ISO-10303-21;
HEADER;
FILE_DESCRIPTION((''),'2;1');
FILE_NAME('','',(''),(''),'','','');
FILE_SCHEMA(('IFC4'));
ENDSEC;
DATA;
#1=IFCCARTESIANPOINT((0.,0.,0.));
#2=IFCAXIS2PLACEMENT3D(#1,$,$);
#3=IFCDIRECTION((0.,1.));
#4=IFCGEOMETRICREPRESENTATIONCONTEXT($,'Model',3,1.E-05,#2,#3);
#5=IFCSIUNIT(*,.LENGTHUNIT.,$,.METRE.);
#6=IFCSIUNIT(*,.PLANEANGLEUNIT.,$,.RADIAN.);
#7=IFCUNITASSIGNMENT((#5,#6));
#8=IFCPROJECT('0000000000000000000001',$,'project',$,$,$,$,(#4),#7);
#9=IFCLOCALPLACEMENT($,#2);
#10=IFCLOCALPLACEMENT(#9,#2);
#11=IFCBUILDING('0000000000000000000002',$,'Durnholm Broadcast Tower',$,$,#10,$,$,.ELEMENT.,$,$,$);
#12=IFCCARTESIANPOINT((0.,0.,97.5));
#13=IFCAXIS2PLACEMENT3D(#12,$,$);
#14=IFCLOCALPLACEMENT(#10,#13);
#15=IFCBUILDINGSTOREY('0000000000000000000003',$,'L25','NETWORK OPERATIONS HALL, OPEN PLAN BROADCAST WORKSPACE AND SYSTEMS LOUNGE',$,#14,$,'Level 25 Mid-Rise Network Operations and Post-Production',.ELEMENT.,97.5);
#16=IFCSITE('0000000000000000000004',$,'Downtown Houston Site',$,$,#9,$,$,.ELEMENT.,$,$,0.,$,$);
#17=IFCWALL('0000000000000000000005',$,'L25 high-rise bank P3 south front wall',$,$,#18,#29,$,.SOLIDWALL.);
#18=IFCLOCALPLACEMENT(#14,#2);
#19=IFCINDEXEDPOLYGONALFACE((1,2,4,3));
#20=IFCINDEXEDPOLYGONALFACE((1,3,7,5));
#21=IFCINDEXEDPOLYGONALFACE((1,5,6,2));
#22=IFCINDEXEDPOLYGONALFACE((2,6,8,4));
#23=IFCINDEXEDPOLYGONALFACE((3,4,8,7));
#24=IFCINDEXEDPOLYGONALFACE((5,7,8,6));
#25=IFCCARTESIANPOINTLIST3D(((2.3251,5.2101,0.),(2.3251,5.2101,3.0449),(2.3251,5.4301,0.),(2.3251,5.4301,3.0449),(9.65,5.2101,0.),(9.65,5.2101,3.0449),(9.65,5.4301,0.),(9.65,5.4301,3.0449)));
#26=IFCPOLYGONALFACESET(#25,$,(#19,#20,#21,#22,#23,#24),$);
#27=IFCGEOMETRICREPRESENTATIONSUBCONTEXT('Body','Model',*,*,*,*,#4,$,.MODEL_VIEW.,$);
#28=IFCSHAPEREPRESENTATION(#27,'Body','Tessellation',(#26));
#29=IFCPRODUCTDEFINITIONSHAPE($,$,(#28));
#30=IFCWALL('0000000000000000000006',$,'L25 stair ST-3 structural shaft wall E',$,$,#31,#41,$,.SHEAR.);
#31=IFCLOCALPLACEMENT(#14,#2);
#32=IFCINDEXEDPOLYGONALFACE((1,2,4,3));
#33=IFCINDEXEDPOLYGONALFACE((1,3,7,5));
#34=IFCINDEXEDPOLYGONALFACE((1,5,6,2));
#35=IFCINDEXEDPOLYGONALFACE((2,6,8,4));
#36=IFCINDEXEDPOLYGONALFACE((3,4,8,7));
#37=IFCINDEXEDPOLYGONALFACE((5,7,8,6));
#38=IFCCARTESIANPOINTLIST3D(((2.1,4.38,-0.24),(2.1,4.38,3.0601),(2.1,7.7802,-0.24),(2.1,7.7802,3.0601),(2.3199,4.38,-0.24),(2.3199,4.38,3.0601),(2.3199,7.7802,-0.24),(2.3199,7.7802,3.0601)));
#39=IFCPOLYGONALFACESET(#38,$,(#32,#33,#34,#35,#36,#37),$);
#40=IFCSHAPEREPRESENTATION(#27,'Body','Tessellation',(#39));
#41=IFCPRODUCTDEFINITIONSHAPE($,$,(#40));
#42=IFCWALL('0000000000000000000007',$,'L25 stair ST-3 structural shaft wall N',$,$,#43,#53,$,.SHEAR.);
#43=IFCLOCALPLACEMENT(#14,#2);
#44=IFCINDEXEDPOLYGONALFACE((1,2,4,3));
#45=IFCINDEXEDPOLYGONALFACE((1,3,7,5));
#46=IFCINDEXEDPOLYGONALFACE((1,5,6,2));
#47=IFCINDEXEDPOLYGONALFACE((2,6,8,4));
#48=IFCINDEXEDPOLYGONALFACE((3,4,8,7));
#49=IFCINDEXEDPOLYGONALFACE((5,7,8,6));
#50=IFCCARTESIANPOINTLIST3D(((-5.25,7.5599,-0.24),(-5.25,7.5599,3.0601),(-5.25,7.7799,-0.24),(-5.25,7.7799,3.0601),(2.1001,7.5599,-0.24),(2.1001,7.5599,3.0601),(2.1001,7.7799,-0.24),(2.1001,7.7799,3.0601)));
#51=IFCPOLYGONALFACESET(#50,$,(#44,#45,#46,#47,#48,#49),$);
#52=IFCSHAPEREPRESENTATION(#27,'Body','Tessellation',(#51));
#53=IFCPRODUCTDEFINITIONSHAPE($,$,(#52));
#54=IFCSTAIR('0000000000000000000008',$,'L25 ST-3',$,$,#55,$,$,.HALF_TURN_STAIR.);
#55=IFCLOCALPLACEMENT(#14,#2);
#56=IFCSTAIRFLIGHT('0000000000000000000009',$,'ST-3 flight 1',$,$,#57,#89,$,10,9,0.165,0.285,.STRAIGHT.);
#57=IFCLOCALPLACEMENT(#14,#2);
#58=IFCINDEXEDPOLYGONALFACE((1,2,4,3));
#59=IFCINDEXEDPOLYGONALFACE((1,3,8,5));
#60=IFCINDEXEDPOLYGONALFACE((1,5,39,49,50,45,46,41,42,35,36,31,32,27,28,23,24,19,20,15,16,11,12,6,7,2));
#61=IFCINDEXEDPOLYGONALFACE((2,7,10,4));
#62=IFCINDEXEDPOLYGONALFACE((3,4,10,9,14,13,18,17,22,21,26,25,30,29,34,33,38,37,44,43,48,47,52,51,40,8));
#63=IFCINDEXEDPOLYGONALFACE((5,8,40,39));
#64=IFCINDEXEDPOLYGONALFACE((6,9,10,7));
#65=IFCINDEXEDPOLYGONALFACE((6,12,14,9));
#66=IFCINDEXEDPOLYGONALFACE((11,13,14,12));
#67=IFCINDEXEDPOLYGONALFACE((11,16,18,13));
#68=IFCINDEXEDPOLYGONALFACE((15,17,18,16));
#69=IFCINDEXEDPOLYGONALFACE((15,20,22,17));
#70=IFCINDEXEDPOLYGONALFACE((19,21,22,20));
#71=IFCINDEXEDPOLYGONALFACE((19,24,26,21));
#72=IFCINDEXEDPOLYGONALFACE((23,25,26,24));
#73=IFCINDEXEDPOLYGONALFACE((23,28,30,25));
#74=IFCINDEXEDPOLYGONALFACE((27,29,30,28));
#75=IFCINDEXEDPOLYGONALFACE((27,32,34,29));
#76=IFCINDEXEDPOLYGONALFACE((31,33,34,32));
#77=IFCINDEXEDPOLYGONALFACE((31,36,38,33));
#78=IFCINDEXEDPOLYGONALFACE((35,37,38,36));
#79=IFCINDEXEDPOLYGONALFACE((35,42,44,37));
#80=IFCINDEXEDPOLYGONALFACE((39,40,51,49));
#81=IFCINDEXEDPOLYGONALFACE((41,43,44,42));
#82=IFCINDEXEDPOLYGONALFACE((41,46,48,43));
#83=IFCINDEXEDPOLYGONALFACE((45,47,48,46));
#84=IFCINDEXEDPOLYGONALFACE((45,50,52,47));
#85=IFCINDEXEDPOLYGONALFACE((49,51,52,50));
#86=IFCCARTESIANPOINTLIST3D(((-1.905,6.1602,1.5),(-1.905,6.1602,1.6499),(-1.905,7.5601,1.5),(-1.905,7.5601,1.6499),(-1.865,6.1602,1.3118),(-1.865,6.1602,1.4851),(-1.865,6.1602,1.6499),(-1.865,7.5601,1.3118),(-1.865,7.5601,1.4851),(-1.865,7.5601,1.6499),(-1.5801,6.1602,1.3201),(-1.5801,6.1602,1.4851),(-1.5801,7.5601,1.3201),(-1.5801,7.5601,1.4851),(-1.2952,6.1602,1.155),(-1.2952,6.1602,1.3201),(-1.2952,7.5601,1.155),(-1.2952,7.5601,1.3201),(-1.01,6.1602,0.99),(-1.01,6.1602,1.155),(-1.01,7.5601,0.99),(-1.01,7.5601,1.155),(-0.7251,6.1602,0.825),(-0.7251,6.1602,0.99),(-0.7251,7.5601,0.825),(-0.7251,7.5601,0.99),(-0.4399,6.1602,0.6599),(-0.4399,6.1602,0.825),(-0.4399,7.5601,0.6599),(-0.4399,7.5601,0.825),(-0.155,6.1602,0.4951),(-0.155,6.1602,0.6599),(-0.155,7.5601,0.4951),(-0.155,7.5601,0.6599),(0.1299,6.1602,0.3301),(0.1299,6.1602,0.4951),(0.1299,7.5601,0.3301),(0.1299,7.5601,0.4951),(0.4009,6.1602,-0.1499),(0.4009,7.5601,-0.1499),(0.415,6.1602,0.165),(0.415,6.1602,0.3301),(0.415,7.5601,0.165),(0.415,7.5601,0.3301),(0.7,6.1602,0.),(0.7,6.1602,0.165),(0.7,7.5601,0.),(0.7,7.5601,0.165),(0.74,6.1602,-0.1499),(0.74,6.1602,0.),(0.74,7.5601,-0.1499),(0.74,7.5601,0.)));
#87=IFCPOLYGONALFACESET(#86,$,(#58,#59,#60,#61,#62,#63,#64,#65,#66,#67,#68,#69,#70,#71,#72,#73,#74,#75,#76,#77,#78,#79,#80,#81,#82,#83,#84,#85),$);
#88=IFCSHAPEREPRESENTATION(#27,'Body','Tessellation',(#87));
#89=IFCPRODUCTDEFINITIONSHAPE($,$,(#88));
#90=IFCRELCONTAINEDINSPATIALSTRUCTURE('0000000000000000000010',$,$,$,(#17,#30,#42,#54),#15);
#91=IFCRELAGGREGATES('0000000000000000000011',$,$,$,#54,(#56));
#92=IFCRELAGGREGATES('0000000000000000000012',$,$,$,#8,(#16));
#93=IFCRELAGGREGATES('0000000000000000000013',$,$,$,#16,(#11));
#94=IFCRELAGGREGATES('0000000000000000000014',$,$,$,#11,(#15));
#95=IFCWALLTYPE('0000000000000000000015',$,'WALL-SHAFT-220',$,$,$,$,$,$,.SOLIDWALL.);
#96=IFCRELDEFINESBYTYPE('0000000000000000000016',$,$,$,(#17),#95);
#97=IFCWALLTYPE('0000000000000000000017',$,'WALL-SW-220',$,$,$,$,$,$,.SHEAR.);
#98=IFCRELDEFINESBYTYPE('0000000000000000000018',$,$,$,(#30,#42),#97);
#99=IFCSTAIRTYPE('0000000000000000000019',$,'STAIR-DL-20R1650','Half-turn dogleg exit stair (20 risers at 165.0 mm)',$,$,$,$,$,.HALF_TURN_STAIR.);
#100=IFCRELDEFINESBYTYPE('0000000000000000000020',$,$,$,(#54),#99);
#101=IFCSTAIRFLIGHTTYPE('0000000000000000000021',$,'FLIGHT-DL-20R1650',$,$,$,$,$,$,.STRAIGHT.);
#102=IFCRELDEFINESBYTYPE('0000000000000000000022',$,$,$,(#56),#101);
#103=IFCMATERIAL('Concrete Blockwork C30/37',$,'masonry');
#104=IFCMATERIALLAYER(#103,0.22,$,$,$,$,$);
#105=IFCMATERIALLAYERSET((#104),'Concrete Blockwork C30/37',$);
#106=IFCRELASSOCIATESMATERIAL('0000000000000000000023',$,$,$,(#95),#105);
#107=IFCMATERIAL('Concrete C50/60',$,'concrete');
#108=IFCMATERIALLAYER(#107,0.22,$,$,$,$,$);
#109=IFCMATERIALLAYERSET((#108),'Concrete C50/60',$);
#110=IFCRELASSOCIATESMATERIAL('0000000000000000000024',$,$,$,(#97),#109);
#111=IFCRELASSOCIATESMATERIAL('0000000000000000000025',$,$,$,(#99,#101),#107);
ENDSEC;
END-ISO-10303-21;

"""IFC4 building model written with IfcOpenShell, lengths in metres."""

from ifc_helpers import new_model, si_unit, direction, frame, frame_2d, origin, place, context, subcontext, project, spatial, polyline, rectangle, outline, extrude, material, layer, layer_set, type_object, element, aggregate, save


model = new_model("IFC4")

# Units and contexts
model_context = context("Model", 3, precision=1e-05, world=origin(), true_north=direction((0.0, 1.0)))
body_context = subcontext(model_context, "Body", "Model", "MODEL_VIEW")
ifc_project = project(units=[si_unit("LENGTHUNIT", "METRE"), si_unit("PLANEANGLEUNIT", "RADIAN")], contexts=[model_context])

# Site, building, storey
site_placement = place(None, origin())
site = spatial("IfcSite", under=ifc_project, at=site_placement, Name="Downtown Houston Site", CompositionType="ELEMENT", RefElevation=0.0)
building_placement = place(site_placement, origin())
building = spatial("IfcBuilding", under=site, at=building_placement, Name="Durnholm Broadcast Tower", CompositionType="ELEMENT")
storey_placement = place(building_placement, frame((0.0, 0.0, 97.5)))
storey = spatial("IfcBuildingStorey", under=building, at=storey_placement, Name="L25", Description="NETWORK OPERATIONS HALL, OPEN PLAN BROADCAST WORKSPACE AND SYSTEMS LOUNGE", LongName="Level 25 Mid-Rise Network Operations and Post-Production", CompositionType="ELEMENT", Elevation=97.5)

# Shared definitions
ifc_material_1 = material(Name="Concrete Blockwork C30/37", Category="masonry")
ifc_layer_1 = layer(ifc_material_1, 0.22)
ifc_layer_set_1 = layer_set([ifc_layer_1], Name="Concrete Blockwork C30/37")
wall_type_1 = type_object("IfcWallType", Name="WALL-SHAFT-220", PredefinedType="SOLIDWALL", material=ifc_layer_set_1)

# Walls
wall_1_placement = place(storey_placement, frame((2.325, 5.3201, 0.0), z_axis=(0.0, 0.0, 1.0), x_axis=(1.0, 0.0, 0.0)))
element("IfcWall", 1, at=wall_1_placement, inside=storey, type_object=wall_type_1, Name="L25 high-rise bank P3 south front wall", PredefinedType="SOLIDWALL", context=body_context, shape_type="SweptSolid", body=[
    extrude(rectangle(XDim=7.325, YDim=0.22, at=frame_2d((3.6626, 0.0))), origin(), (0.0, 0.0, 1.0), 3.0449),
])
ifc_material_2 = material(Name="Concrete C50/60", Category="concrete")
ifc_layer_2 = layer(ifc_material_2, 0.22)
ifc_layer_set_2 = layer_set([ifc_layer_2], Name="Concrete C50/60")
wall_type_2 = type_object("IfcWallType", Name="WALL-SW-220", PredefinedType="SHEAR", material=ifc_layer_set_2)
wall_2_placement = place(storey_placement, frame((2.21, 4.3799, -0.24), z_axis=(0.0, 0.0, 1.0), x_axis=(0.0, 1.0, 0.0)))
element("IfcWall", 2, at=wall_2_placement, inside=storey, type_object=wall_type_2, Name="L25 stair ST-3 structural shaft wall E", PredefinedType="SHEAR", context=body_context, shape_type="SweptSolid", body=[
    extrude(rectangle(XDim=3.4001, YDim=0.22, at=frame_2d((1.7002, 0.0))), origin(), (0.0, 0.0, 1.0), 3.3),
])
wall_3_placement = place(storey_placement, frame((2.1001, 7.6699, -0.24), z_axis=(0.0, 0.0, 1.0), x_axis=(-1.0, 0.0, 0.0)))
element("IfcWall", 3, at=wall_3_placement, inside=storey, type_object=wall_type_2, Name="L25 stair ST-3 structural shaft wall N", PredefinedType="SHEAR", context=body_context, shape_type="SweptSolid", body=[
    extrude(rectangle(XDim=7.3501, YDim=0.22, at=frame_2d((3.675, 0.0))), origin(), (0.0, 0.0, 1.0), 3.3),
])

# Stair, stair flight
stair_type = type_object("IfcStairType", Name="STAIR-DL-20R1650", Description="Half-turn dogleg exit stair (20 risers at 165.0 mm)", PredefinedType="HALF_TURN_STAIR", material=ifc_material_2)
stair_placement = place(storey_placement, origin())
stair = element("IfcStair", 4, at=stair_placement, inside=storey, type_object=stair_type, Name="L25 ST-3", PredefinedType="HALF_TURN_STAIR")
stair_flight_type = type_object("IfcStairFlightType", Name="FLIGHT-DL-20R1650", PredefinedType="STRAIGHT", material=ifc_material_2)
stair_flight_placement = place(storey_placement, frame((0.7, 6.8601, 0.0), z_axis=(0.0, 0.0, 1.0), x_axis=(-1.0, 0.0, 0.0)))
stair_flight = element("IfcStairFlight", 5, at=stair_flight_placement, type_object=stair_flight_type, Name="ST-3 flight 1", NumberOfRisers=10, NumberOfTreads=9, PredefinedType="STRAIGHT", RiserHeight=0.165, TreadLength=0.285, context=body_context, shape_type="SweptSolid", body=[
    extrude(outline(polyline([(-0.04, -0.1499), (-0.04, 0.0), (0.0, 0.0), (0.0, 0.165), (0.2849, 0.165), (0.2849, 0.3301), (0.5701, 0.3301), (0.5701, 0.4951), (0.855, 0.4951), (0.855, 0.6599), (1.1399, 0.6599), (1.1399, 0.825), (1.425, 0.825), (1.425, 0.99), (1.71, 0.99), (1.71, 1.155), (1.9951, 1.155), (1.9951, 1.3201), (2.28, 1.3201), (2.28, 1.4851), (2.5649, 1.4851), (2.5649, 1.6499), (2.605, 1.6499), (2.605, 1.5), (2.5649, 1.3118), (0.2991, -0.1499), (-0.04, -0.1499)])), frame((0.0, 0.7, 0.0), z_axis=(0.0, -1.0, 0.0), x_axis=(1.0, 0.0, 0.0)), (0.0, 0.0, 1.0), 1.3999),
])
aggregate(stair, [stair_flight])

save(model, "model.ifc")
